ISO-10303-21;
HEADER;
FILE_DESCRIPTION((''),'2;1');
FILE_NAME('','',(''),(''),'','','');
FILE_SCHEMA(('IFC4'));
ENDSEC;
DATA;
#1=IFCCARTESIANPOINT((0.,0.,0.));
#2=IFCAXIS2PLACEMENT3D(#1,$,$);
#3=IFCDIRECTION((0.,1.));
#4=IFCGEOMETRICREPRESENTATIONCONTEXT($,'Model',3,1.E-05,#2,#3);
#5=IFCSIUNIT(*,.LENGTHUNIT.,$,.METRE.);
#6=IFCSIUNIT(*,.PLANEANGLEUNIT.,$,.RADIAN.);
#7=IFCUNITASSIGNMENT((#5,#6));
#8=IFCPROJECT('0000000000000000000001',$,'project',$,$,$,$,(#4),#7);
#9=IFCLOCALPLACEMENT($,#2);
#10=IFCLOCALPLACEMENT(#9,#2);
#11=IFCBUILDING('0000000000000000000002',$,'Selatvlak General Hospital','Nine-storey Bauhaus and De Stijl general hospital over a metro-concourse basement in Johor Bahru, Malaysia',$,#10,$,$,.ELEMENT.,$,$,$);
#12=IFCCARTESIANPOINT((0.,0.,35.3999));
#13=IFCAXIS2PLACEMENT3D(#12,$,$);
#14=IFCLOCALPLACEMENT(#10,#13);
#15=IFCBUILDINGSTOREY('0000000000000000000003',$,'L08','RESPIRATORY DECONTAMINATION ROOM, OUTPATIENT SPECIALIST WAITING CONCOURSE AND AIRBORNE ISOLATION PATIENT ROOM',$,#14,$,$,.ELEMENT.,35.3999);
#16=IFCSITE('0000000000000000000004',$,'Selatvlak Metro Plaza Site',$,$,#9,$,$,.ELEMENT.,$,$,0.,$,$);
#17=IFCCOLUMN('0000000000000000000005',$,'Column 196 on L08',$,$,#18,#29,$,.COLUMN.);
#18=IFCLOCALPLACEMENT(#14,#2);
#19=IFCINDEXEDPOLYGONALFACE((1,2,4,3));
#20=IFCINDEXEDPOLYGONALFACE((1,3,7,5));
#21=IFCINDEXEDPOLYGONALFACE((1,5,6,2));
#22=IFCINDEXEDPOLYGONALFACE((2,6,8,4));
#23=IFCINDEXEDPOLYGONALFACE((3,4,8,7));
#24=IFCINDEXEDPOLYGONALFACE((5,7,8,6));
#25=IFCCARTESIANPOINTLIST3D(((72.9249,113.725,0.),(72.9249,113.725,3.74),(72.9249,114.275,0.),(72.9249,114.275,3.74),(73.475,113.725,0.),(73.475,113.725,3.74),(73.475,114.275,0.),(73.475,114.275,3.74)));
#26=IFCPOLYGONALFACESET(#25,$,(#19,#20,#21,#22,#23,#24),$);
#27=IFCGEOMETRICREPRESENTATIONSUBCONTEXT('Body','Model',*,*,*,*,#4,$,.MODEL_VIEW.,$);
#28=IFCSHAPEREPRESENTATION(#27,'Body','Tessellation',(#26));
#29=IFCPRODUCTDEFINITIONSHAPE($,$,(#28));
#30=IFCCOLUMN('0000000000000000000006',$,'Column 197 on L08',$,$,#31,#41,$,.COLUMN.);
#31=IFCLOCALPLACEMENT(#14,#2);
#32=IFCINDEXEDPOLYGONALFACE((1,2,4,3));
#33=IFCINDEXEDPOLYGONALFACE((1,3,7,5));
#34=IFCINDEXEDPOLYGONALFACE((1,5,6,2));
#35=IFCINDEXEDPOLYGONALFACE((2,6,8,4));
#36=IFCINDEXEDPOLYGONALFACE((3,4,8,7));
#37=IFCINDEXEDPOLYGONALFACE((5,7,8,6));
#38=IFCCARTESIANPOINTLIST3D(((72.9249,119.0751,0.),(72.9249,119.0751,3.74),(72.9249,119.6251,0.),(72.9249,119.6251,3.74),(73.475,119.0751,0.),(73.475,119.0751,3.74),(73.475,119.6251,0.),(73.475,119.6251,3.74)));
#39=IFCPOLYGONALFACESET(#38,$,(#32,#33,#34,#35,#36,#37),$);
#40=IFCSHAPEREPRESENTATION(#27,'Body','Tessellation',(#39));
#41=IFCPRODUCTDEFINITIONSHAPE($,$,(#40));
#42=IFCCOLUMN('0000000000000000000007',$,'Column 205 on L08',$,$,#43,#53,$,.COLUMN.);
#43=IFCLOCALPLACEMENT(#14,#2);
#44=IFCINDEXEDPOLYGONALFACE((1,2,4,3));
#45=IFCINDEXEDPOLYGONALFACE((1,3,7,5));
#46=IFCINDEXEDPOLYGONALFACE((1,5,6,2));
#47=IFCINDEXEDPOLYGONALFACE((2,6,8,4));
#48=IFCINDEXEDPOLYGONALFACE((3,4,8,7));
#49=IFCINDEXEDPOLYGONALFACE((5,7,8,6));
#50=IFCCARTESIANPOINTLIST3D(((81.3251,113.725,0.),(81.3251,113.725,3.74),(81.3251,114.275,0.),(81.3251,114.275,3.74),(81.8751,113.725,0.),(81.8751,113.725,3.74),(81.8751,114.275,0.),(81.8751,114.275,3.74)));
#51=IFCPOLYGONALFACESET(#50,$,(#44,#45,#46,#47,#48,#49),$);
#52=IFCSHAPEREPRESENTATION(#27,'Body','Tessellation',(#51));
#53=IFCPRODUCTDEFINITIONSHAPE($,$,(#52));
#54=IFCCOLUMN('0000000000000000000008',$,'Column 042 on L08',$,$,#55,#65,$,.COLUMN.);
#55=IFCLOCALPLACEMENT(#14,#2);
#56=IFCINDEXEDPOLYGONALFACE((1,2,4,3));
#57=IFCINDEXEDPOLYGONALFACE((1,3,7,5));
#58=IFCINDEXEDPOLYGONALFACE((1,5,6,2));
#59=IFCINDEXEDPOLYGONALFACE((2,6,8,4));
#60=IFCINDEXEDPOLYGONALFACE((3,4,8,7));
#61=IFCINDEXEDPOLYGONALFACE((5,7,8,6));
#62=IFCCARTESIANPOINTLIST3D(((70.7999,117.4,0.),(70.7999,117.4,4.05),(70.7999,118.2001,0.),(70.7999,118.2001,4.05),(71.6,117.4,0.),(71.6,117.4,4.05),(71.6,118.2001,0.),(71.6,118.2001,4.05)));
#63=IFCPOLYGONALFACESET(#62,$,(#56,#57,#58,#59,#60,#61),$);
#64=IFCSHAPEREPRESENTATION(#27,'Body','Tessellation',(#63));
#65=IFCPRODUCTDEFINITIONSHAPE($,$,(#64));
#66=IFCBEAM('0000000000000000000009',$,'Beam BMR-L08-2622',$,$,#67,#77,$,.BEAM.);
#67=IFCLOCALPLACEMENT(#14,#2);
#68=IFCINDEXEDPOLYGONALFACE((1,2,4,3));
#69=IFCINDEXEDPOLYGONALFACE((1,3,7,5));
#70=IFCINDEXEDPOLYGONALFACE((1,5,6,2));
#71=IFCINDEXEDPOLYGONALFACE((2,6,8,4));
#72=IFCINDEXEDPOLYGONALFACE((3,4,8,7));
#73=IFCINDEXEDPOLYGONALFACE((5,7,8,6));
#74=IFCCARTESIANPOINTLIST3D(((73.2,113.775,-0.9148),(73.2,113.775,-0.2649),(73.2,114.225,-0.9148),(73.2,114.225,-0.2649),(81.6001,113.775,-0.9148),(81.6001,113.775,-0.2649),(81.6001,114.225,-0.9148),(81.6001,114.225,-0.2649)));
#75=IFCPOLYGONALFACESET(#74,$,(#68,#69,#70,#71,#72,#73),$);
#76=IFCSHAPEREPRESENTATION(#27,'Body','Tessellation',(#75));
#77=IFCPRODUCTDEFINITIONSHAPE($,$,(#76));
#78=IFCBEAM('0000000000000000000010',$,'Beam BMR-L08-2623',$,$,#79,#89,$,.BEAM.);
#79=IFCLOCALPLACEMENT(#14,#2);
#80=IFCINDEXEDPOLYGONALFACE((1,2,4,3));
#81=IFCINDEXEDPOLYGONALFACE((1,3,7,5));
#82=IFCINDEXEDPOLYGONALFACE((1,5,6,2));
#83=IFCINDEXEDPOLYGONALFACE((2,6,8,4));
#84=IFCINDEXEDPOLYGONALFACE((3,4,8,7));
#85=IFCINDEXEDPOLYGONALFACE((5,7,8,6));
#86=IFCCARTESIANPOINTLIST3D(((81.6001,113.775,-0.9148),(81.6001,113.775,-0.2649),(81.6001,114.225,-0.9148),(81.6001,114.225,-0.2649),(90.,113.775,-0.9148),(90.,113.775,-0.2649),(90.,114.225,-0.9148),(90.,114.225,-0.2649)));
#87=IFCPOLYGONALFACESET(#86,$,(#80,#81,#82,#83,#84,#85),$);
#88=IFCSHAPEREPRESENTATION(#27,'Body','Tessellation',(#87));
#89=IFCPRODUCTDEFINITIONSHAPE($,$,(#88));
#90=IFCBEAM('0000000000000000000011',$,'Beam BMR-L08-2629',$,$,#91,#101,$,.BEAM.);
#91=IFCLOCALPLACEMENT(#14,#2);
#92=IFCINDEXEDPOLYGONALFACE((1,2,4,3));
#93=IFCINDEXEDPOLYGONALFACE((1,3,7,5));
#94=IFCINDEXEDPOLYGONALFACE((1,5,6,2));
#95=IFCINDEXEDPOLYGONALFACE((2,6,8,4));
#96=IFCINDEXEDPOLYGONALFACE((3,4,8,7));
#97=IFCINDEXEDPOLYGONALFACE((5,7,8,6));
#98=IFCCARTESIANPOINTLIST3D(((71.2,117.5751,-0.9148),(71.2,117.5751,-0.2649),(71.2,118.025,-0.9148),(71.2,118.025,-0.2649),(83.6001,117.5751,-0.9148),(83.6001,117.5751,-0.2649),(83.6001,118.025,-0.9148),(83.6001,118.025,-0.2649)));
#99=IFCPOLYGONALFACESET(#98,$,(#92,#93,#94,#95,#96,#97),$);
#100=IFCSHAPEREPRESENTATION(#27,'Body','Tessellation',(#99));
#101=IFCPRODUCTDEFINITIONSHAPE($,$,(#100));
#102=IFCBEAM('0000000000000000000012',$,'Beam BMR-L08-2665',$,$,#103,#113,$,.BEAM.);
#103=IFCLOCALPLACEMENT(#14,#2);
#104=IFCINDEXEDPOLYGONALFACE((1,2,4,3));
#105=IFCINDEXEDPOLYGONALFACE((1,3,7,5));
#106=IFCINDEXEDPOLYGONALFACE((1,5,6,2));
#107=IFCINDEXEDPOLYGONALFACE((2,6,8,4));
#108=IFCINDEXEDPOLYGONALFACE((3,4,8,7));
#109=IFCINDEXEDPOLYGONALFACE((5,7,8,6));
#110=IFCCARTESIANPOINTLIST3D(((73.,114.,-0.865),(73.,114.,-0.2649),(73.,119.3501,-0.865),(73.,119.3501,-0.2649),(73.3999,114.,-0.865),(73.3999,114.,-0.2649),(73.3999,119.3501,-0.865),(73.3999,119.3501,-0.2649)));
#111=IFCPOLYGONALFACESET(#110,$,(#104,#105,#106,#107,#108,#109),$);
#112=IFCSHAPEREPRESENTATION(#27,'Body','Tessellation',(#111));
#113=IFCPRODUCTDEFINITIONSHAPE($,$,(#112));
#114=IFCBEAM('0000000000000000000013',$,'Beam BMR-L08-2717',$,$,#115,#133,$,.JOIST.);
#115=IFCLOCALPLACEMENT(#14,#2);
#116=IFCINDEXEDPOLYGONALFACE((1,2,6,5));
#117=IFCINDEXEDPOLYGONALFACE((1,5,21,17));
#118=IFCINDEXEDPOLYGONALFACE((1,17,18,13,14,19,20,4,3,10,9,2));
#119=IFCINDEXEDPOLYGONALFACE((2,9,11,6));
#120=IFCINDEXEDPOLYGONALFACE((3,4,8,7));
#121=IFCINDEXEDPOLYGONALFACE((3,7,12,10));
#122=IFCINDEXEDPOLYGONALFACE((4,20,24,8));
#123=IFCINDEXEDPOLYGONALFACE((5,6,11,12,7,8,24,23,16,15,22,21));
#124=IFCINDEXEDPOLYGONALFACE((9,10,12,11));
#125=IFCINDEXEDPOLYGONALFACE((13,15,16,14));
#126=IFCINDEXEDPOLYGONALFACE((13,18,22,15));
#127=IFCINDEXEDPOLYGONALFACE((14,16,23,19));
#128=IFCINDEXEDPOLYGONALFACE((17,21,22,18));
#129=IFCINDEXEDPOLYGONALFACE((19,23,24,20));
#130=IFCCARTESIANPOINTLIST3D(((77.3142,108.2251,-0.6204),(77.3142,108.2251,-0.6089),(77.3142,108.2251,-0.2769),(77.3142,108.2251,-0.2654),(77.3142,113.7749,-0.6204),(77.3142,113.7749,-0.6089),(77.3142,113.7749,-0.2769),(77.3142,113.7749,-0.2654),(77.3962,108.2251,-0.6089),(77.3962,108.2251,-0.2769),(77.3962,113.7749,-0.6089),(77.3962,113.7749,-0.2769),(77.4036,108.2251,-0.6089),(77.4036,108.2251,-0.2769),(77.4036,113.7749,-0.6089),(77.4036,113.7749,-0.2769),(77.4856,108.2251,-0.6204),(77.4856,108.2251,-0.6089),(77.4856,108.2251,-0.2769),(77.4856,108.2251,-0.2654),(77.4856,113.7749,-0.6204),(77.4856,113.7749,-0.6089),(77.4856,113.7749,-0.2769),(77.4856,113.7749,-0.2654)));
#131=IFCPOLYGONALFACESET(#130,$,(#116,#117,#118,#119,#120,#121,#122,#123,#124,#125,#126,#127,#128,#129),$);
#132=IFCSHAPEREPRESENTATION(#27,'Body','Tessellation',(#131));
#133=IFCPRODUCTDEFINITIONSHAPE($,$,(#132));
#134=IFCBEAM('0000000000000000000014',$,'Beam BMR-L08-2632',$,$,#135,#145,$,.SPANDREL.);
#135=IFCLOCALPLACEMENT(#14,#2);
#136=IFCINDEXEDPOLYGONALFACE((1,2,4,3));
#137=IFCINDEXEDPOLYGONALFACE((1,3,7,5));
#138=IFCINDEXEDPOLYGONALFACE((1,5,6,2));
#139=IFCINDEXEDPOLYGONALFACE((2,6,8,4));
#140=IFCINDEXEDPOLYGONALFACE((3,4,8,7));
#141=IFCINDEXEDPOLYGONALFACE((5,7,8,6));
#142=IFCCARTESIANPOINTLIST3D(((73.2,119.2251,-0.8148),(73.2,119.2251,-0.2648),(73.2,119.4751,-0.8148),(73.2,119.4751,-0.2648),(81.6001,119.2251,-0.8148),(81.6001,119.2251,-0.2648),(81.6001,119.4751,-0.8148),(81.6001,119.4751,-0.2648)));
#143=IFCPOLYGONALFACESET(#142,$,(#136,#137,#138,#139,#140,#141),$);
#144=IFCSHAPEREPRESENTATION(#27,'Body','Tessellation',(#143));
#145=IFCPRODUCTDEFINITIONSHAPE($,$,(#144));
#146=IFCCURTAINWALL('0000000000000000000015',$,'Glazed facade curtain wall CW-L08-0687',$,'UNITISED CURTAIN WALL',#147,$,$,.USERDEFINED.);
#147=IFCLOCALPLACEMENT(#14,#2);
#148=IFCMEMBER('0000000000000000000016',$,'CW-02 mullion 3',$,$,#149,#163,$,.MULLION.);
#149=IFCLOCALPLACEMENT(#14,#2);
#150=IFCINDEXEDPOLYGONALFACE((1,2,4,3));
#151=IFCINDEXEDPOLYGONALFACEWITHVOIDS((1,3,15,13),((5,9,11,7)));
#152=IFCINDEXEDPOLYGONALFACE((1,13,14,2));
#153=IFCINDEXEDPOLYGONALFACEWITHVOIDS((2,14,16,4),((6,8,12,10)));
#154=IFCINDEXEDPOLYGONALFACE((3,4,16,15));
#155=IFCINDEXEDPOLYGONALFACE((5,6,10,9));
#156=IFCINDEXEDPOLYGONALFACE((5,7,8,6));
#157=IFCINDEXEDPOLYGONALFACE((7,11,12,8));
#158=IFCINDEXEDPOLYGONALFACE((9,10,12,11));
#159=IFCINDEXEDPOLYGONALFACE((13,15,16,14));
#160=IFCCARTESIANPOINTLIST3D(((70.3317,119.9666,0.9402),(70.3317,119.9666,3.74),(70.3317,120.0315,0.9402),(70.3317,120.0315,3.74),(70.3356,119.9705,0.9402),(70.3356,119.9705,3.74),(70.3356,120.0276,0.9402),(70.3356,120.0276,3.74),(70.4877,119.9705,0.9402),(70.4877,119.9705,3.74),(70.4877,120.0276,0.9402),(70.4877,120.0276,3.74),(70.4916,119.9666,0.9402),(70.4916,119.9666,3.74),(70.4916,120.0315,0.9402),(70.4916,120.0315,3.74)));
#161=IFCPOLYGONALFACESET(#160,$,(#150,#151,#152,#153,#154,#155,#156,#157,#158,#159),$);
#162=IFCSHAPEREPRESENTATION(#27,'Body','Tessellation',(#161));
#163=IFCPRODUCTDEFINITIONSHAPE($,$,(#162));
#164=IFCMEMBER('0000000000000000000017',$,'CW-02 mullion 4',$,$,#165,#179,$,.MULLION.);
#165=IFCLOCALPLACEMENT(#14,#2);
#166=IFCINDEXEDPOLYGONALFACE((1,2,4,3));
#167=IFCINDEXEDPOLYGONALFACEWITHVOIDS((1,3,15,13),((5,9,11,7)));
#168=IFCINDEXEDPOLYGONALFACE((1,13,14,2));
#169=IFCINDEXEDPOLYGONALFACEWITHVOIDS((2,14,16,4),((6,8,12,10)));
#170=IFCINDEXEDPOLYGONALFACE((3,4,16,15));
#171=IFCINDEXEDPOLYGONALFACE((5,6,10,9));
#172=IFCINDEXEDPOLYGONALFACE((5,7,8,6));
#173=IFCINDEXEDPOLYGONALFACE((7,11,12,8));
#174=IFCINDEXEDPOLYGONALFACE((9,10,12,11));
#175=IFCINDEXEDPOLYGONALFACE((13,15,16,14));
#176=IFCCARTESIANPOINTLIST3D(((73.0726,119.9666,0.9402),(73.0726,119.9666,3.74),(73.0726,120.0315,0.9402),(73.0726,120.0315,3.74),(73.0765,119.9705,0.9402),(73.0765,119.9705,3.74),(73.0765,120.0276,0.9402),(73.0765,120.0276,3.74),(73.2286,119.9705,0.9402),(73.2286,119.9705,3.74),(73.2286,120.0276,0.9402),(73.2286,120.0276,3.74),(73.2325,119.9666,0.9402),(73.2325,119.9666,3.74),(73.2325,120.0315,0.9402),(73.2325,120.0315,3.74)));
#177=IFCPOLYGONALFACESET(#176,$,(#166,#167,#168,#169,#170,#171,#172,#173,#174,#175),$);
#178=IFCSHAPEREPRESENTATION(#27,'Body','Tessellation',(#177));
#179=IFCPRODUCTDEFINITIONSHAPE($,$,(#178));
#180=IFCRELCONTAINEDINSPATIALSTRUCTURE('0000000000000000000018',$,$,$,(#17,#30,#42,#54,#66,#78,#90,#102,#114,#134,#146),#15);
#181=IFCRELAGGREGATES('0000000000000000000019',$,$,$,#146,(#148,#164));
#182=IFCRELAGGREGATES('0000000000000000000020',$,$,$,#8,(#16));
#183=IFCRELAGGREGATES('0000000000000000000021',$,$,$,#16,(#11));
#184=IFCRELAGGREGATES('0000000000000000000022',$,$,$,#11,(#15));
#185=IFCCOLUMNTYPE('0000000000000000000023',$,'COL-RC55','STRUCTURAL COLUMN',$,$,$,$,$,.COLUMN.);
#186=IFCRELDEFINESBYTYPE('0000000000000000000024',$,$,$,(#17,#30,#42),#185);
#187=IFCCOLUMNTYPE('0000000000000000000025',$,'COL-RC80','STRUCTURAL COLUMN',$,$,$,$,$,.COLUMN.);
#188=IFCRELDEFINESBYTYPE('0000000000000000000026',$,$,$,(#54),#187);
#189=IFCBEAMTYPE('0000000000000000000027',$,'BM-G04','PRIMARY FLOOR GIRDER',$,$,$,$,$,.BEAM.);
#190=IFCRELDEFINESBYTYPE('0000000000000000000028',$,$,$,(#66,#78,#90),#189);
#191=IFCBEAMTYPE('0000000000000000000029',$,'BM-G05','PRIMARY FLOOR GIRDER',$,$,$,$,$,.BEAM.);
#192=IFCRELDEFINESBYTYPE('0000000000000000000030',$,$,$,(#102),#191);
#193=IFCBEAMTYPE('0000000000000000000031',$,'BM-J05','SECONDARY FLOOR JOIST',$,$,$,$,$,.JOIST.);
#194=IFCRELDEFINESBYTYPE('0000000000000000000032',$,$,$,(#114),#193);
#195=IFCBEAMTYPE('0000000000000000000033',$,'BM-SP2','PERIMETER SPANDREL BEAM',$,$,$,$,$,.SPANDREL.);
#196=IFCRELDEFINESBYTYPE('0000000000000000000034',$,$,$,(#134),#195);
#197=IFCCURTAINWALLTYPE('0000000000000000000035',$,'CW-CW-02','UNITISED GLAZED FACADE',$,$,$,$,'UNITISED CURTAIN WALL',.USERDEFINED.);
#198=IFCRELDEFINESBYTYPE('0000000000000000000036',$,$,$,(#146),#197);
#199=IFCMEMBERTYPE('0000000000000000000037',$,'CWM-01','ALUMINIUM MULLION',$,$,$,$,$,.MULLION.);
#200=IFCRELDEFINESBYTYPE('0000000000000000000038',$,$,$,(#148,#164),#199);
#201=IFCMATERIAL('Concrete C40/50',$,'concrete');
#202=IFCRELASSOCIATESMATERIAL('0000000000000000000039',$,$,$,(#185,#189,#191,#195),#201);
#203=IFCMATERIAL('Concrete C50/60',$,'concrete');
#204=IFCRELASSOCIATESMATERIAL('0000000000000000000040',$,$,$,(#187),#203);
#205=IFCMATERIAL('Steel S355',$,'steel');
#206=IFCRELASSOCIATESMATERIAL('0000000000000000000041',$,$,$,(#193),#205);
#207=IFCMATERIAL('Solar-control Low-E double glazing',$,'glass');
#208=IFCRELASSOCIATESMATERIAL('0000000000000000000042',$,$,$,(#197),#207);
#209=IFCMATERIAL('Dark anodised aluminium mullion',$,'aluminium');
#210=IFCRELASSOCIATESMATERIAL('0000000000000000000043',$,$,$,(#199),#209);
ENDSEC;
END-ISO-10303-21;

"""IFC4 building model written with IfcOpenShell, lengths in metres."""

from ifc_helpers import new_model, si_unit, direction, frame, origin, origin_2d, place, context, subcontext, project, spatial, rectangle, hollow_rectangle, i_section, extrude, material, material_profile, profile_set, type_object, element, aggregate, save


model = new_model("IFC4")

# Units and contexts
model_context = context("Model", 3, precision=1e-05, world=origin(), true_north=direction((0.0, 1.0)))
body_context = subcontext(model_context, "Body", "Model", "MODEL_VIEW")
ifc_project = project(units=[si_unit("LENGTHUNIT", "METRE"), si_unit("PLANEANGLEUNIT", "RADIAN")], contexts=[model_context])

# Site, building, storey
site_placement = place(None, origin())
site = spatial("IfcSite", under=ifc_project, at=site_placement, Name="Selatvlak Metro Plaza Site", CompositionType="ELEMENT", RefElevation=0.0)
building_placement = place(site_placement, origin())
building = spatial("IfcBuilding", under=site, at=building_placement, Name="Selatvlak General Hospital", Description="Nine-storey Bauhaus and De Stijl general hospital over a metro-concourse basement in Johor Bahru, Malaysia", CompositionType="ELEMENT")
storey_placement = place(building_placement, frame((0.0, 0.0, 35.3999)))
storey = spatial("IfcBuildingStorey", under=building, at=storey_placement, Name="L08", Description="RESPIRATORY DECONTAMINATION ROOM, OUTPATIENT SPECIALIST WAITING CONCOURSE AND AIRBORNE ISOLATION PATIENT ROOM", CompositionType="ELEMENT", Elevation=35.3999)

# Columns
ifc_material_1 = material(Name="Concrete C40/50", Category="concrete")
ifc_material_profile_1 = material_profile(ifc_material_1, rectangle(XDim=0.55, YDim=0.55, at=origin_2d()), Name="RC-COL 550x550")
ifc_profile_set_1 = profile_set([ifc_material_profile_1], Name="Concrete C40/50")
column_type_1 = type_object("IfcColumnType", Name="COL-RC55", Description="STRUCTURAL COLUMN", PredefinedType="COLUMN", material=ifc_profile_set_1)
for number, where, z_axis, x_axis, name in (
    (1, (73.2, 114.0, 0.0), (0.0, 0.0, 1.0), (1.0, 0.0, 0.0), "Column 196 on L08"),
    (2, (73.2, 119.3501, 0.0), (0.0, 0.0, 1.0), (1.0, 0.0, 0.0), "Column 197 on L08"),
    (3, (81.6001, 114.0, 0.0), (0.0, 0.0, 1.0), (1.0, 0.0, 0.0), "Column 205 on L08"),
):
    element("IfcColumn", number, at=place(storey_placement, frame(where, z_axis=z_axis, x_axis=x_axis)), inside=storey, type_object=column_type_1, Name=name, PredefinedType="COLUMN", context=body_context, shape_type="SweptSolid", body=[
        extrude(rectangle(XDim=0.55, YDim=0.55, at=origin_2d()), origin(), (0.0, 0.0, 1.0), 3.74),
    ])
ifc_material_2 = material(Name="Concrete C50/60", Category="concrete")
ifc_material_profile_2 = material_profile(ifc_material_2, rectangle(XDim=0.8, YDim=0.8, at=origin_2d()), Name="RC-COL 800x800")
ifc_profile_set_2 = profile_set([ifc_material_profile_2], Name="Concrete C50/60")
column_type_2 = type_object("IfcColumnType", Name="COL-RC80", Description="STRUCTURAL COLUMN", PredefinedType="COLUMN", material=ifc_profile_set_2)
column_placement = place(storey_placement, frame((71.2, 117.8, 0.0), z_axis=(0.0, 0.0, 1.0), x_axis=(1.0, 0.0, 0.0)))
element("IfcColumn", 4, at=column_placement, inside=storey, type_object=column_type_2, Name="Column 042 on L08", PredefinedType="COLUMN", context=body_context, shape_type="SweptSolid", body=[
    extrude(rectangle(XDim=0.8, YDim=0.8, at=origin_2d()), origin(), (0.0, 0.0, 1.0), 4.05),
])

# Beams
ifc_material_profile_3 = material_profile(ifc_material_1, rectangle(XDim=0.45, YDim=0.6499, at=origin_2d()), Name="RC-BM 450x650")
ifc_profile_set_3 = profile_set([ifc_material_profile_3], Name="Concrete C40/50")
beam_type_1 = type_object("IfcBeamType", Name="BM-G04", Description="PRIMARY FLOOR GIRDER", PredefinedType="BEAM", material=ifc_profile_set_3)
beam_1_placement = place(storey_placement, frame((73.2, 114.0, -0.5898), z_axis=(1.0, 0.0, 0.0), x_axis=(0.0, 1.0, 0.0)))
element("IfcBeam", 5, at=beam_1_placement, inside=storey, type_object=beam_type_1, Name="Beam BMR-L08-2622", PredefinedType="BEAM", context=body_context, shape_type="SweptSolid", body=[
    extrude(rectangle(XDim=0.45, YDim=0.6499, at=origin_2d()), origin(), (0.0, 0.0, 1.0), 8.4001),
])
beam_2_placement = place(storey_placement, frame((81.6001, 114.0, -0.5898), z_axis=(1.0, 0.0, 0.0), x_axis=(0.0, 1.0, 0.0)))
element("IfcBeam", 6, at=beam_2_placement, inside=storey, type_object=beam_type_1, Name="Beam BMR-L08-2623", PredefinedType="BEAM", context=body_context, shape_type="SweptSolid", body=[
    extrude(rectangle(XDim=0.45, YDim=0.6499, at=origin_2d()), origin(), (0.0, 0.0, 1.0), 8.3999),
])
beam_3_placement = place(storey_placement, frame((71.2, 117.8, -0.5898), z_axis=(1.0, 0.0, 0.0), x_axis=(0.0, 1.0, 0.0)))
element("IfcBeam", 7, at=beam_3_placement, inside=storey, type_object=beam_type_1, Name="Beam BMR-L08-2629", PredefinedType="BEAM", context=body_context, shape_type="SweptSolid", body=[
    extrude(rectangle(XDim=0.45, YDim=0.6499, at=origin_2d()), origin(), (0.0, 0.0, 1.0), 12.4001),
])
ifc_material_profile_4 = material_profile(ifc_material_1, rectangle(XDim=0.3999, YDim=0.6001, at=origin_2d()), Name="RC-BM 400x600")
ifc_profile_set_4 = profile_set([ifc_material_profile_4], Name="Concrete C40/50")
beam_type_2 = type_object("IfcBeamType", Name="BM-G05", Description="PRIMARY FLOOR GIRDER", PredefinedType="BEAM", material=ifc_profile_set_4)
beam_4_placement = place(storey_placement, frame((73.2, 114.0, -0.5649), z_axis=(0.0, 1.0, 0.0), x_axis=(-1.0, 0.0, 0.0)))
element("IfcBeam", 8, at=beam_4_placement, inside=storey, type_object=beam_type_2, Name="Beam BMR-L08-2665", PredefinedType="BEAM", context=body_context, shape_type="SweptSolid", body=[
    extrude(rectangle(XDim=0.3999, YDim=0.6001, at=origin_2d()), origin(), (0.0, 0.0, 1.0), 5.3501),
])
ifc_material_3 = material(Name="Steel S355", Category="steel")
ifc_material_profile_5 = material_profile(ifc_material_3, i_section(OverallWidth=0.1714, OverallDepth=0.355, WebThickness=0.0073, FlangeThickness=0.0115, at=origin_2d()), Name="UB 356x171x51")
ifc_profile_set_5 = profile_set([ifc_material_profile_5], Name="Steel S355")
beam_type_3 = type_object("IfcBeamType", Name="BM-J05", Description="SECONDARY FLOOR JOIST", PredefinedType="JOIST", material=ifc_profile_set_5)
beam_5_placement = place(storey_placement, frame((77.3999, 108.2251, -0.4429), z_axis=(0.0, 1.0, 0.0), x_axis=(-1.0, 0.0, 0.0)))
element("IfcBeam", 9, at=beam_5_placement, inside=storey, type_object=beam_type_3, Name="Beam BMR-L08-2717", PredefinedType="JOIST", context=body_context, shape_type="SweptSolid", body=[
    extrude(i_section(OverallWidth=0.1714, OverallDepth=0.355, WebThickness=0.0073, FlangeThickness=0.0115, at=origin_2d()), origin(), (0.0, 0.0, 1.0), 5.5498),
])
ifc_material_profile_6 = material_profile(ifc_material_1, rectangle(XDim=0.25, YDim=0.55, at=origin_2d()), Name="RC-SP 250x550")
ifc_profile_set_6 = profile_set([ifc_material_profile_6], Name="Concrete C40/50")
beam_type_4 = type_object("IfcBeamType", Name="BM-SP2", Description="PERIMETER SPANDREL BEAM", PredefinedType="SPANDREL", material=ifc_profile_set_6)
beam_6_placement = place(storey_placement, frame((73.2, 119.3501, -0.5398), z_axis=(1.0, 0.0, 0.0), x_axis=(0.0, 1.0, 0.0)))
element("IfcBeam", 10, at=beam_6_placement, inside=storey, type_object=beam_type_4, Name="Beam BMR-L08-2632", PredefinedType="SPANDREL", context=body_context, shape_type="SweptSolid", body=[
    extrude(rectangle(XDim=0.25, YDim=0.55, at=origin_2d()), origin(), (0.0, 0.0, 1.0), 8.4001),
])

# Curtain wall, members
ifc_material_4 = material(Name="Solar-control Low-E double glazing", Category="glass")
curtain_wall_type_1 = type_object("IfcCurtainWallType", Name="CW-CW-02", Description="UNITISED GLAZED FACADE", ElementType="UNITISED CURTAIN WALL", PredefinedType="USERDEFINED", material=ifc_material_4)
curtain_wall_1_placement = place(storey_placement, origin())
curtain_wall_1 = element("IfcCurtainWall", 11, at=curtain_wall_1_placement, inside=storey, type_object=curtain_wall_type_1, Name="Glazed facade curtain wall CW-L08-0687", ObjectType="UNITISED CURTAIN WALL", PredefinedType="USERDEFINED")
ifc_material_5 = material(Name="Dark anodised aluminium mullion", Category="aluminium")
ifc_material_profile_7 = material_profile(ifc_material_5, hollow_rectangle(XDim=0.0649, YDim=0.1599, WallThickness=0.0039, at=origin_2d()), Name="AL-MUL 65x160x4")
ifc_profile_set_7 = profile_set([ifc_material_profile_7], Name="Dark anodised aluminium mullion")
member_type_1 = type_object("IfcMemberType", Name="CWM-01", Description="ALUMINIUM MULLION", PredefinedType="MULLION", material=ifc_profile_set_7)
member_1_placement = place(storey_placement, frame((70.4116, 119.999, 0.9402), z_axis=(0.0, 0.0, 1.0), x_axis=(0.0, 1.0, 0.0)))
member_1 = element("IfcMember", 12, at=member_1_placement, type_object=member_type_1, Name="CW-02 mullion 3", PredefinedType="MULLION", context=body_context, shape_type="SweptSolid", body=[
    extrude(hollow_rectangle(XDim=0.0649, YDim=0.1599, WallThickness=0.0039, at=origin_2d()), origin(), (0.0, 0.0, 1.0), 2.7998),
])
member_2_placement = place(storey_placement, frame((73.1526, 119.999, 0.9402), z_axis=(0.0, 0.0, 1.0), x_axis=(0.0, 1.0, 0.0)))
member_2 = element("IfcMember", 13, at=member_2_placement, type_object=member_type_1, Name="CW-02 mullion 4", PredefinedType="MULLION", context=body_context, shape_type="SweptSolid", body=[
    extrude(hollow_rectangle(XDim=0.0649, YDim=0.1599, WallThickness=0.0039, at=origin_2d()), origin(), (0.0, 0.0, 1.0), 2.7998),
])

aggregate(curtain_wall_1, [member_1, member_2])

save(model, "model.ifc")
